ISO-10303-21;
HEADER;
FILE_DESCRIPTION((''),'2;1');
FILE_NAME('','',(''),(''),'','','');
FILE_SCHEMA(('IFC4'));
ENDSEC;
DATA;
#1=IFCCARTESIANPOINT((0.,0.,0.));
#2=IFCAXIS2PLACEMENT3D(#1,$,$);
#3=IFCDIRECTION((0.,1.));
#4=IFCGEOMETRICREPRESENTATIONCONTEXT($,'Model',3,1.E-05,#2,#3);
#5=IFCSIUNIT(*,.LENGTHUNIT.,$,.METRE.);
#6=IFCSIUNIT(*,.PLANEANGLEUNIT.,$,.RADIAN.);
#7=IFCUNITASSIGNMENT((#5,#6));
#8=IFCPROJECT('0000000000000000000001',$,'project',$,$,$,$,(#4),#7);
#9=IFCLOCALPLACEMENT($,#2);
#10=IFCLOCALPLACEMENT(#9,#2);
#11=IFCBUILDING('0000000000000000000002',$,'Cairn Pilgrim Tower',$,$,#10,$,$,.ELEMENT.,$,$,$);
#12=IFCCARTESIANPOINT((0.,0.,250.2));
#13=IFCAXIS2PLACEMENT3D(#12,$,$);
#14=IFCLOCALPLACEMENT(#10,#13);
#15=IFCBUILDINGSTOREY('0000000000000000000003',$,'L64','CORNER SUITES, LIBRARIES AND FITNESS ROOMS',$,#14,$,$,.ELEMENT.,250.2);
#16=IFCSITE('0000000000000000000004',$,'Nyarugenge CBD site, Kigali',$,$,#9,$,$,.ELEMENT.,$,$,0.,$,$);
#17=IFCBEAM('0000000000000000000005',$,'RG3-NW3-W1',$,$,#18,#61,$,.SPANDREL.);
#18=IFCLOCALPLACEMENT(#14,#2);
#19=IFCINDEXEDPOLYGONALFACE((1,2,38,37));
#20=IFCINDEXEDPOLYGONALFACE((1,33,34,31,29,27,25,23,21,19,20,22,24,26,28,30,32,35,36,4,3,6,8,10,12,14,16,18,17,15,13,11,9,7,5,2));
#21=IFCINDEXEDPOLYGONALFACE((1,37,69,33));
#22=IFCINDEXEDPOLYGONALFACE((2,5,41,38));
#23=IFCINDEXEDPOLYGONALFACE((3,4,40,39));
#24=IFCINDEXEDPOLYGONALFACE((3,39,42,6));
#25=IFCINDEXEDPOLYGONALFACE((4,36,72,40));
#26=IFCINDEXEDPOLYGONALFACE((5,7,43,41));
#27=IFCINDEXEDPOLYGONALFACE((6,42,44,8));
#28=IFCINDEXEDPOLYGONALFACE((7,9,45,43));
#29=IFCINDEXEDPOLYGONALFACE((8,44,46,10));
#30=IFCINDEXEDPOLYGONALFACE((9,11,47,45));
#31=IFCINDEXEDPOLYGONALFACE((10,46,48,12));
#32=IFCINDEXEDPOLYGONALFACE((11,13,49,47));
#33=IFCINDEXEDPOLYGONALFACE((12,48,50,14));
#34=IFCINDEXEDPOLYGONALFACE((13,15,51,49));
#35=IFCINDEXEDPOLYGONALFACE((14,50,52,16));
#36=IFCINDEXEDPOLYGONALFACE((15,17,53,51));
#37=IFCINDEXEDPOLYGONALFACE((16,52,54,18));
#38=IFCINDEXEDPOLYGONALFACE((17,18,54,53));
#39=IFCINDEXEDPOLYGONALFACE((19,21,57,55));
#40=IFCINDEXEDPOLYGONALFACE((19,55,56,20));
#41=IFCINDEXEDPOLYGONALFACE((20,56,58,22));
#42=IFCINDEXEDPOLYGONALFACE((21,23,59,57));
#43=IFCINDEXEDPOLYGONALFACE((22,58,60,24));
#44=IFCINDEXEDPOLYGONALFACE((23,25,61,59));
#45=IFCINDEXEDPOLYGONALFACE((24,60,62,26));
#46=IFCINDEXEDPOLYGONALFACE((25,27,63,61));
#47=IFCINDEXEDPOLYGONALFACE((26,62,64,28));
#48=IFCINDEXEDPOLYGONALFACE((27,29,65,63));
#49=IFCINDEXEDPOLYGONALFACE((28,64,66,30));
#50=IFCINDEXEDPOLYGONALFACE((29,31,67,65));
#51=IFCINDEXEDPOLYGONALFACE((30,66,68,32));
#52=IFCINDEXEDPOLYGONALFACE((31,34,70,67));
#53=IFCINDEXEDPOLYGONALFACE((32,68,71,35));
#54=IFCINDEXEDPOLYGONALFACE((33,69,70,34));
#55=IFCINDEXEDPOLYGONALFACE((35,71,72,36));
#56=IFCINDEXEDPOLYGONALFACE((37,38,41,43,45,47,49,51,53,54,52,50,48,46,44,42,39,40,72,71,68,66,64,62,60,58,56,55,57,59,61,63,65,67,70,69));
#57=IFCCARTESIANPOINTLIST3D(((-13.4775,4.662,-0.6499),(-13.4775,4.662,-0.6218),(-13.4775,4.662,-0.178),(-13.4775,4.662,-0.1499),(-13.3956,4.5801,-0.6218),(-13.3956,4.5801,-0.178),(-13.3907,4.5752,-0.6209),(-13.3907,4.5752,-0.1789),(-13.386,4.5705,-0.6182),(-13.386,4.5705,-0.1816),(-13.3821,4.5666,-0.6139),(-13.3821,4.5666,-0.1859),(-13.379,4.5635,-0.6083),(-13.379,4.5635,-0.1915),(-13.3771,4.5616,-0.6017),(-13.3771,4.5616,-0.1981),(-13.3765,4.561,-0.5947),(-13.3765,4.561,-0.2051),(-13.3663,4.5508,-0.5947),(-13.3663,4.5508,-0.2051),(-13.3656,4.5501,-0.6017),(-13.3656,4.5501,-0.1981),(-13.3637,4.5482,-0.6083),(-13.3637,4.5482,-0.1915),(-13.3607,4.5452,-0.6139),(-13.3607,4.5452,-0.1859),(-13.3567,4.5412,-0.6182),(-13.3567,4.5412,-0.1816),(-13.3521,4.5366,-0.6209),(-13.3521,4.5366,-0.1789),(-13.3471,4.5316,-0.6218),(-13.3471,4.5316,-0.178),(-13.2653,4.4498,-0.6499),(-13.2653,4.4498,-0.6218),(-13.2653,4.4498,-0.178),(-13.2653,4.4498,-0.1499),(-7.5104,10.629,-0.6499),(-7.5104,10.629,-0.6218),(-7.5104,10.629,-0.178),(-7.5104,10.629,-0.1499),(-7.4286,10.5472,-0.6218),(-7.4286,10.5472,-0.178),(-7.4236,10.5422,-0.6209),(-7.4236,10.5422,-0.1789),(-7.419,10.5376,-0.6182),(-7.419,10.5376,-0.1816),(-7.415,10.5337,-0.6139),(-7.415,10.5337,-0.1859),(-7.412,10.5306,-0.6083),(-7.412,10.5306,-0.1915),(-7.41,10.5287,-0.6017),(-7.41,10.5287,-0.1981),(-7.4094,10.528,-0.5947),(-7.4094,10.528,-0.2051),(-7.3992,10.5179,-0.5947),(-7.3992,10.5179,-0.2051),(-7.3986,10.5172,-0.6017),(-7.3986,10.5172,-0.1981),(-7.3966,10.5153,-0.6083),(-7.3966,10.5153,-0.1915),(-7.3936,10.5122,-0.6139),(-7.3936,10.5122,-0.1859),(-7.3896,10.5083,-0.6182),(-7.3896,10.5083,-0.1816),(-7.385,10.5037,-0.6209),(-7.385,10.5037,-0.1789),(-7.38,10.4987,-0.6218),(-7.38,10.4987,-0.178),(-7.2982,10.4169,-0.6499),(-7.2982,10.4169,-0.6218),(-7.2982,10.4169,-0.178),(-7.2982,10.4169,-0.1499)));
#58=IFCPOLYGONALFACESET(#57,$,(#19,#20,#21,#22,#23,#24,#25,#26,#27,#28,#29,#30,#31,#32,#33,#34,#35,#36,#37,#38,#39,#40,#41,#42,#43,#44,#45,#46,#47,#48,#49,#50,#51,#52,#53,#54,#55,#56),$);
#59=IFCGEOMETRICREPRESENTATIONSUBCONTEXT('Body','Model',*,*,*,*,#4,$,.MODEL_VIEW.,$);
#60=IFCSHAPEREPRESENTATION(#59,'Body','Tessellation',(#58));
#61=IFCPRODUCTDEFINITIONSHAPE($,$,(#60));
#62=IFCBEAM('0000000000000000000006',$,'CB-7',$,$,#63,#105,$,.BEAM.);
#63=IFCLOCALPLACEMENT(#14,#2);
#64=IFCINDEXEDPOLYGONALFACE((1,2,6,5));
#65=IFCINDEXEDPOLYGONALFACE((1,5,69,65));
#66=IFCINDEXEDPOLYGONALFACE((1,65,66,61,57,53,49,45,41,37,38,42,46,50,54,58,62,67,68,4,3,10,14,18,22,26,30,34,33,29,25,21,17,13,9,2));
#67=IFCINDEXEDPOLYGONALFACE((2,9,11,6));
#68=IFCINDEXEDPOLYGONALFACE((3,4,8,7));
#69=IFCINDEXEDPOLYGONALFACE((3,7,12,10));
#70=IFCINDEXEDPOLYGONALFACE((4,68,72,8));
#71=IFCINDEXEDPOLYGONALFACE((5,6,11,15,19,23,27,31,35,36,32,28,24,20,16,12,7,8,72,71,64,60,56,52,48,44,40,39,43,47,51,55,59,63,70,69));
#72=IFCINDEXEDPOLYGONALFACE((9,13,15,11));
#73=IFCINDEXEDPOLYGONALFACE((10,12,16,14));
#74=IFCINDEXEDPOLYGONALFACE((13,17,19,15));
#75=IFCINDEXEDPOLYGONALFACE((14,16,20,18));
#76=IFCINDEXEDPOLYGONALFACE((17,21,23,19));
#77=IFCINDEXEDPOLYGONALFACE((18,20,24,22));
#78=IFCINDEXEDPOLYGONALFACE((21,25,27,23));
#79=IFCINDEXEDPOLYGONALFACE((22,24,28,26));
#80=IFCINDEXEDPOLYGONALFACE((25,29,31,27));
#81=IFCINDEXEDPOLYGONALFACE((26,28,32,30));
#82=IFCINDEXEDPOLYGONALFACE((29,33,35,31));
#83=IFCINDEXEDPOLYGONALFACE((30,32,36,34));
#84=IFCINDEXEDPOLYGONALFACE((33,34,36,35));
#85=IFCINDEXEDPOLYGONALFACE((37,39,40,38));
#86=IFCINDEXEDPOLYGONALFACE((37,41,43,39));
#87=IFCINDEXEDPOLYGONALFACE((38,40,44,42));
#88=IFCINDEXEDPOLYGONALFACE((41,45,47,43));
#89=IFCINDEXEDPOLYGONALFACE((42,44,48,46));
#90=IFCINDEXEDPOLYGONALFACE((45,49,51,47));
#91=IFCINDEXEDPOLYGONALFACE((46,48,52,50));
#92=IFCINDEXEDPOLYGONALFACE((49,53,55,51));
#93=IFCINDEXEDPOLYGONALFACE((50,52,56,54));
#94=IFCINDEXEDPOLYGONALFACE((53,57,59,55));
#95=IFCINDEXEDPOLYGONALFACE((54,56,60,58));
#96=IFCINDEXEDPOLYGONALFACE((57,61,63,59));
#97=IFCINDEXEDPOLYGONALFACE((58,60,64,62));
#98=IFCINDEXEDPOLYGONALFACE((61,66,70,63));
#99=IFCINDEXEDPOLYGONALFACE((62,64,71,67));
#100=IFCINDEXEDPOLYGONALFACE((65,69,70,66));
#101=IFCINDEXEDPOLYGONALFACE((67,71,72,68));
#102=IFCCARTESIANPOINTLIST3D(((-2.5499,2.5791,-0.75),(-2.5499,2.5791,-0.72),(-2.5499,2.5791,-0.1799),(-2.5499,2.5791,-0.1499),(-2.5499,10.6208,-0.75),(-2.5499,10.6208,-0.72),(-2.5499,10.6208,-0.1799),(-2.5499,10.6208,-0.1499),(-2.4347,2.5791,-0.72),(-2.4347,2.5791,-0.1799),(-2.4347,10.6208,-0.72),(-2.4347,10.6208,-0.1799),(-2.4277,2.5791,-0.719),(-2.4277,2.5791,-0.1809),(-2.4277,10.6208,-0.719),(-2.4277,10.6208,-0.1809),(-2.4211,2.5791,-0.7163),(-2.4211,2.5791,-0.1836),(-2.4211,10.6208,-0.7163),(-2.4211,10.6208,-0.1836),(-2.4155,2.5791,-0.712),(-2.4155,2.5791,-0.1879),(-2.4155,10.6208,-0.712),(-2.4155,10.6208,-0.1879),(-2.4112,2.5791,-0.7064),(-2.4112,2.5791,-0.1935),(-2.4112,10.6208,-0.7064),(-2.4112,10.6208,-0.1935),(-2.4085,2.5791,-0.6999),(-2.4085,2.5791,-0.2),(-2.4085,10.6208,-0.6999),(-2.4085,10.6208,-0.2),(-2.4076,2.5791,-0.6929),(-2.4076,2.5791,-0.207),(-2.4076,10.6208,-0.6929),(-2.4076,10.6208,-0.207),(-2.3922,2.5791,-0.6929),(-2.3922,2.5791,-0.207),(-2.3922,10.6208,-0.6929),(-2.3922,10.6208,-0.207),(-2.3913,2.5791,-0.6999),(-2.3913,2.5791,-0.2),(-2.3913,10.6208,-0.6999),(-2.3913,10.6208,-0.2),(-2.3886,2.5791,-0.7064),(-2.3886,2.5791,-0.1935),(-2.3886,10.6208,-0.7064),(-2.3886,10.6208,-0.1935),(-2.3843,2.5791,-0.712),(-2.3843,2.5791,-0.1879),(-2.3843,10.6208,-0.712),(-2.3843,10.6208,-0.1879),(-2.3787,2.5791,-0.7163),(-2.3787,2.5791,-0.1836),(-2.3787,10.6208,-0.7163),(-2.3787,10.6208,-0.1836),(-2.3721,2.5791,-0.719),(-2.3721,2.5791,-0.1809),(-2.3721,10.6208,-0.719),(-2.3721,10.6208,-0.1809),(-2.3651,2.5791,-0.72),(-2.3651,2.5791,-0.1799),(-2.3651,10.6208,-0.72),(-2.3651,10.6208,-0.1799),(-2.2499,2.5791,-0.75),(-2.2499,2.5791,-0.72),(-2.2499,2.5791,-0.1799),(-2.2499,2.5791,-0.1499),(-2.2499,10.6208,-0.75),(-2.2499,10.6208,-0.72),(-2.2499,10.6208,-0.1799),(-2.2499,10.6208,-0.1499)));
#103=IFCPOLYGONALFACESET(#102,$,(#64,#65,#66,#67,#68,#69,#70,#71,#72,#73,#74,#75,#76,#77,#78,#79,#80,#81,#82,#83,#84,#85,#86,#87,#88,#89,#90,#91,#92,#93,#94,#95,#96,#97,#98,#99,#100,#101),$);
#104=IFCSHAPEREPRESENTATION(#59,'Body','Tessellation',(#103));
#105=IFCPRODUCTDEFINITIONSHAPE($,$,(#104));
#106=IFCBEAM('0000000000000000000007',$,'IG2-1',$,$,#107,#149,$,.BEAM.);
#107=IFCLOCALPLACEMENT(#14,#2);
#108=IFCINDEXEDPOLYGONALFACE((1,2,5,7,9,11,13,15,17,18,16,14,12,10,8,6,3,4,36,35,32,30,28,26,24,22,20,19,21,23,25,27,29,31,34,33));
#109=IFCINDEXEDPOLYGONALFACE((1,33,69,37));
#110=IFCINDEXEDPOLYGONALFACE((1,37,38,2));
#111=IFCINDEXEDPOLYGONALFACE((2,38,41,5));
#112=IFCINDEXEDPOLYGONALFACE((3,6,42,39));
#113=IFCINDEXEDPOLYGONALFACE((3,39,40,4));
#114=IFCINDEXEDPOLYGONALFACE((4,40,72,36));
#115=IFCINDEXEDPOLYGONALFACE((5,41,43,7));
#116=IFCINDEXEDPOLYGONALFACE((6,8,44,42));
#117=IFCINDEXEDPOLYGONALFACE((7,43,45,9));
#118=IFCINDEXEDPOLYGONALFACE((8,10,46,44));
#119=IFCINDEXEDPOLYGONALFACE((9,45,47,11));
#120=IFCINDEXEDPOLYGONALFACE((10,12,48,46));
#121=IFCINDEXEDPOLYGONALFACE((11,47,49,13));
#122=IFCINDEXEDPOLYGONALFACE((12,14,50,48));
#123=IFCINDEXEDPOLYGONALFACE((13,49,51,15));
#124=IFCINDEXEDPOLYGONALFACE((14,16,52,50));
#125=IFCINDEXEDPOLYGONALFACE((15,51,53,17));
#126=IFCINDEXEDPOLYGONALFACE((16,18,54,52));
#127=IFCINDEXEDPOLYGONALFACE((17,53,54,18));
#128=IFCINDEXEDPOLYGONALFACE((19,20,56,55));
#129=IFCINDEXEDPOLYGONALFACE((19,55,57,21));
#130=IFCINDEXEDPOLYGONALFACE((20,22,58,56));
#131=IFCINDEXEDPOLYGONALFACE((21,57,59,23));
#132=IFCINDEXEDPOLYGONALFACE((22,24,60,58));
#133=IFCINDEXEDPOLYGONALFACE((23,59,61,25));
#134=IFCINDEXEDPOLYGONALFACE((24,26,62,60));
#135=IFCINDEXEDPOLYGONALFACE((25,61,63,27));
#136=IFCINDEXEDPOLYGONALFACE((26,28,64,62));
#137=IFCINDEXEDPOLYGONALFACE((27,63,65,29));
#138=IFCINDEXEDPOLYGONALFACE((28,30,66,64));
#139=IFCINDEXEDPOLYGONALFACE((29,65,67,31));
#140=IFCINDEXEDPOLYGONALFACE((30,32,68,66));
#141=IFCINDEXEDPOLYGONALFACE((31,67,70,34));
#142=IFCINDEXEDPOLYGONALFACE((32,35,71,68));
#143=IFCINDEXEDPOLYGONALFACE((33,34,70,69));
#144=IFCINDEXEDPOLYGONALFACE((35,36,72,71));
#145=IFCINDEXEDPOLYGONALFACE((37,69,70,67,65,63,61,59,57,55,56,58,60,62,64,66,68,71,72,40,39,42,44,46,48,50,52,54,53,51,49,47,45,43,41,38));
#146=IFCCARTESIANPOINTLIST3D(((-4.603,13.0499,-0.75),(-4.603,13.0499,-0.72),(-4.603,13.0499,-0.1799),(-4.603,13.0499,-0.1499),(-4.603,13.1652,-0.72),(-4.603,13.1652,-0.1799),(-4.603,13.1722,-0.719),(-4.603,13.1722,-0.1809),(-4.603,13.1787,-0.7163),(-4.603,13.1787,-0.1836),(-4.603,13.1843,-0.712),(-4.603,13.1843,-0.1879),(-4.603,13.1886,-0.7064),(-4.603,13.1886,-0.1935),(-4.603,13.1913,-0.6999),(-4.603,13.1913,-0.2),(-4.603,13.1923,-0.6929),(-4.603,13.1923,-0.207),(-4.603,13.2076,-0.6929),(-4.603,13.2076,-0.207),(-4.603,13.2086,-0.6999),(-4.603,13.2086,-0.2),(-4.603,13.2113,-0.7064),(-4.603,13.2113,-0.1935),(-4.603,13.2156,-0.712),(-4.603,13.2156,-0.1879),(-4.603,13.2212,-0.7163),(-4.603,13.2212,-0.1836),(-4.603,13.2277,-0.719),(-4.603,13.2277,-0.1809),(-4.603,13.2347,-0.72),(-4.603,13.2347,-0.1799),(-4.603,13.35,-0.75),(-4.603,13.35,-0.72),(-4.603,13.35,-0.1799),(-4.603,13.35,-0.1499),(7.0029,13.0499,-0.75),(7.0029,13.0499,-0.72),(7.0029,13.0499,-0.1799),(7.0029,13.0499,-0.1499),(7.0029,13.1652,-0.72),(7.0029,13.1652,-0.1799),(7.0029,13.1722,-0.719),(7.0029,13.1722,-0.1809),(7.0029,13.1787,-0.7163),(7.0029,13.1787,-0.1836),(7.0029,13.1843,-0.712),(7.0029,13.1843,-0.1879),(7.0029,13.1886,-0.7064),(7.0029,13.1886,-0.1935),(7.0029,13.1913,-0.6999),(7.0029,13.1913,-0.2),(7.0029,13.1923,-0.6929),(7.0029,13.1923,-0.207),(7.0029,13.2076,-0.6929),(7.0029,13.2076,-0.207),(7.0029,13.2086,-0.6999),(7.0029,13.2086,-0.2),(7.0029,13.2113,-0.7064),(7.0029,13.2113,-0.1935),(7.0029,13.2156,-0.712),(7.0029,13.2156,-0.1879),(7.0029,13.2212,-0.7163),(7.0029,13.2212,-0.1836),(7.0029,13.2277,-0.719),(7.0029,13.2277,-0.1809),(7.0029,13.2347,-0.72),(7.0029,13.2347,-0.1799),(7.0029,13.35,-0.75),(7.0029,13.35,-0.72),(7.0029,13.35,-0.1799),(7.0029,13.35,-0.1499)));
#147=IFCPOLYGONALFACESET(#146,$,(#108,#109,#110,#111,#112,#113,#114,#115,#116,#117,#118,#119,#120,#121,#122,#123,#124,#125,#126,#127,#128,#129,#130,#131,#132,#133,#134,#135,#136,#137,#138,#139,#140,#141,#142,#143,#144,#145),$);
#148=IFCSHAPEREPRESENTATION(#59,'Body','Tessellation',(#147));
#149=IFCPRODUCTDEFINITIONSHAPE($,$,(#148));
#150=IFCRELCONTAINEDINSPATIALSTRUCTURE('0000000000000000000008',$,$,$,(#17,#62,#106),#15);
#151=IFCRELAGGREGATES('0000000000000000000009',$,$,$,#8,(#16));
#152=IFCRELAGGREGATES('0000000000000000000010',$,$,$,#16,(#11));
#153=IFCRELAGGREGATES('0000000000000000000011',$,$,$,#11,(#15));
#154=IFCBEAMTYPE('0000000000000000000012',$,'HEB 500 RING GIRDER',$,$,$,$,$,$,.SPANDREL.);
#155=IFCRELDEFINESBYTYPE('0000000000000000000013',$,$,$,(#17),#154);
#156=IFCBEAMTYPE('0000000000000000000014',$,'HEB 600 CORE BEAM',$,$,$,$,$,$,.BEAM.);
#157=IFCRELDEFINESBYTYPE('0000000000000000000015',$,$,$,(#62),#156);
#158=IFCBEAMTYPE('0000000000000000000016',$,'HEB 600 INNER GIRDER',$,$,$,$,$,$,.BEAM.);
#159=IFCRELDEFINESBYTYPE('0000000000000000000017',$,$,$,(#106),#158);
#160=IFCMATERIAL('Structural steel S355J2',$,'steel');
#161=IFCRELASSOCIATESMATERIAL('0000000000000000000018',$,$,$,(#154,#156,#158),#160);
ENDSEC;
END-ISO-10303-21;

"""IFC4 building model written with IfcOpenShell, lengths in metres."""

from ifc_helpers import new_model, si_unit, direction, frame, origin, origin_2d, place, context, subcontext, project, spatial, i_section, extrude, material, material_profile, profile_set, type_object, element, save


model = new_model("IFC4")

# Units and contexts
model_context = context("Model", 3, precision=1e-05, world=origin(), true_north=direction((0.0, 1.0)))
body_context = subcontext(model_context, "Body", "Model", "MODEL_VIEW")
ifc_project = project(units=[si_unit("LENGTHUNIT", "METRE"), si_unit("PLANEANGLEUNIT", "RADIAN")], contexts=[model_context])

# Site, building, storey
site_placement = place(None, origin())
site = spatial("IfcSite", under=ifc_project, at=site_placement, Name="Nyarugenge CBD site, Kigali", CompositionType="ELEMENT", RefElevation=0.0)
building_placement = place(site_placement, origin())
building = spatial("IfcBuilding", under=site, at=building_placement, Name="Cairn Pilgrim Tower", CompositionType="ELEMENT")
storey_placement = place(building_placement, frame((0.0, 0.0, 250.2)))
storey = spatial("IfcBuildingStorey", under=building, at=storey_placement, Name="L64", Description="CORNER SUITES, LIBRARIES AND FITNESS ROOMS", CompositionType="ELEMENT", Elevation=250.2)

# Shared definitions
ifc_material_1 = material(Name="Structural steel S355J2", Category="steel")

# Beams
ifc_material_profile_1 = material_profile(ifc_material_1, i_section(OverallWidth=0.3, OverallDepth=0.5, WebThickness=0.0144, FlangeThickness=0.0281, FilletRadius=0.0271, at=origin_2d()), Name="HEB 500")
ifc_profile_set_1 = profile_set([ifc_material_profile_1], Name="Structural steel S355J2")
beam_type_1 = type_object("IfcBeamType", Name="HEB 500 RING GIRDER", PredefinedType="SPANDREL", material=ifc_profile_set_1)
beam_1_placement = place(storey_placement, frame((-7.4043, 10.5229, -0.3999), z_axis=(-0.707107, -0.707107, 0.0), x_axis=(0.707107, -0.707107, 0.0)))
element("IfcBeam", 1, at=beam_1_placement, inside=storey, type_object=beam_type_1, Name="RG3-NW3-W1", PredefinedType="SPANDREL", context=body_context, shape_type="SweptSolid", body=[
    extrude(i_section(OverallWidth=0.3, OverallDepth=0.5, WebThickness=0.0144, FlangeThickness=0.0281, FilletRadius=0.0271, at=origin_2d()), origin(), (0.0, 0.0, 1.0), 8.4387),
])
ifc_material_profile_2 = material_profile(ifc_material_1, i_section(OverallWidth=0.3, OverallDepth=0.6001, WebThickness=0.0154, FlangeThickness=0.03, FilletRadius=0.0271, at=origin_2d()), Name="HEB 600")
ifc_profile_set_2 = profile_set([ifc_material_profile_2], Name="Structural steel S355J2")
beam_type_2 = type_object("IfcBeamType", Name="HEB 600 CORE BEAM", PredefinedType="BEAM", material=ifc_profile_set_2)
beam_2_placement = place(storey_placement, frame((-2.3999, 10.6208, -0.45), z_axis=(0.0, -1.0, 0.0), x_axis=(1.0, 0.0, 0.0)))
element("IfcBeam", 2, at=beam_2_placement, inside=storey, type_object=beam_type_2, Name="CB-7", PredefinedType="BEAM", context=body_context, shape_type="SweptSolid", body=[
    extrude(i_section(OverallWidth=0.3, OverallDepth=0.6001, WebThickness=0.0154, FlangeThickness=0.03, FilletRadius=0.0271, at=origin_2d()), origin(), (0.0, 0.0, 1.0), 8.0417),
])
ifc_material_profile_3 = material_profile(ifc_material_1, i_section(OverallWidth=0.3, OverallDepth=0.6001, WebThickness=0.0154, FlangeThickness=0.03, FilletRadius=0.0271, at=origin_2d()), Name="HEB 600")
ifc_profile_set_3 = profile_set([ifc_material_profile_3], Name="Structural steel S355J2")
beam_type_3 = type_object("IfcBeamType", Name="HEB 600 INNER GIRDER", PredefinedType="BEAM", material=ifc_profile_set_3)
beam_3_placement = place(storey_placement, frame((-4.603, 13.2, -0.45), z_axis=(1.0, 0.0, 0.0), x_axis=(0.0, 1.0, 0.0)))
element("IfcBeam", 3, at=beam_3_placement, inside=storey, type_object=beam_type_3, Name="IG2-1", PredefinedType="BEAM", context=body_context, shape_type="SweptSolid", body=[
    extrude(i_section(OverallWidth=0.3, OverallDepth=0.6001, WebThickness=0.0154, FlangeThickness=0.03, FilletRadius=0.0271, at=origin_2d()), origin(), (0.0, 0.0, 1.0), 11.606),
])

save(model, "model.ifc")
